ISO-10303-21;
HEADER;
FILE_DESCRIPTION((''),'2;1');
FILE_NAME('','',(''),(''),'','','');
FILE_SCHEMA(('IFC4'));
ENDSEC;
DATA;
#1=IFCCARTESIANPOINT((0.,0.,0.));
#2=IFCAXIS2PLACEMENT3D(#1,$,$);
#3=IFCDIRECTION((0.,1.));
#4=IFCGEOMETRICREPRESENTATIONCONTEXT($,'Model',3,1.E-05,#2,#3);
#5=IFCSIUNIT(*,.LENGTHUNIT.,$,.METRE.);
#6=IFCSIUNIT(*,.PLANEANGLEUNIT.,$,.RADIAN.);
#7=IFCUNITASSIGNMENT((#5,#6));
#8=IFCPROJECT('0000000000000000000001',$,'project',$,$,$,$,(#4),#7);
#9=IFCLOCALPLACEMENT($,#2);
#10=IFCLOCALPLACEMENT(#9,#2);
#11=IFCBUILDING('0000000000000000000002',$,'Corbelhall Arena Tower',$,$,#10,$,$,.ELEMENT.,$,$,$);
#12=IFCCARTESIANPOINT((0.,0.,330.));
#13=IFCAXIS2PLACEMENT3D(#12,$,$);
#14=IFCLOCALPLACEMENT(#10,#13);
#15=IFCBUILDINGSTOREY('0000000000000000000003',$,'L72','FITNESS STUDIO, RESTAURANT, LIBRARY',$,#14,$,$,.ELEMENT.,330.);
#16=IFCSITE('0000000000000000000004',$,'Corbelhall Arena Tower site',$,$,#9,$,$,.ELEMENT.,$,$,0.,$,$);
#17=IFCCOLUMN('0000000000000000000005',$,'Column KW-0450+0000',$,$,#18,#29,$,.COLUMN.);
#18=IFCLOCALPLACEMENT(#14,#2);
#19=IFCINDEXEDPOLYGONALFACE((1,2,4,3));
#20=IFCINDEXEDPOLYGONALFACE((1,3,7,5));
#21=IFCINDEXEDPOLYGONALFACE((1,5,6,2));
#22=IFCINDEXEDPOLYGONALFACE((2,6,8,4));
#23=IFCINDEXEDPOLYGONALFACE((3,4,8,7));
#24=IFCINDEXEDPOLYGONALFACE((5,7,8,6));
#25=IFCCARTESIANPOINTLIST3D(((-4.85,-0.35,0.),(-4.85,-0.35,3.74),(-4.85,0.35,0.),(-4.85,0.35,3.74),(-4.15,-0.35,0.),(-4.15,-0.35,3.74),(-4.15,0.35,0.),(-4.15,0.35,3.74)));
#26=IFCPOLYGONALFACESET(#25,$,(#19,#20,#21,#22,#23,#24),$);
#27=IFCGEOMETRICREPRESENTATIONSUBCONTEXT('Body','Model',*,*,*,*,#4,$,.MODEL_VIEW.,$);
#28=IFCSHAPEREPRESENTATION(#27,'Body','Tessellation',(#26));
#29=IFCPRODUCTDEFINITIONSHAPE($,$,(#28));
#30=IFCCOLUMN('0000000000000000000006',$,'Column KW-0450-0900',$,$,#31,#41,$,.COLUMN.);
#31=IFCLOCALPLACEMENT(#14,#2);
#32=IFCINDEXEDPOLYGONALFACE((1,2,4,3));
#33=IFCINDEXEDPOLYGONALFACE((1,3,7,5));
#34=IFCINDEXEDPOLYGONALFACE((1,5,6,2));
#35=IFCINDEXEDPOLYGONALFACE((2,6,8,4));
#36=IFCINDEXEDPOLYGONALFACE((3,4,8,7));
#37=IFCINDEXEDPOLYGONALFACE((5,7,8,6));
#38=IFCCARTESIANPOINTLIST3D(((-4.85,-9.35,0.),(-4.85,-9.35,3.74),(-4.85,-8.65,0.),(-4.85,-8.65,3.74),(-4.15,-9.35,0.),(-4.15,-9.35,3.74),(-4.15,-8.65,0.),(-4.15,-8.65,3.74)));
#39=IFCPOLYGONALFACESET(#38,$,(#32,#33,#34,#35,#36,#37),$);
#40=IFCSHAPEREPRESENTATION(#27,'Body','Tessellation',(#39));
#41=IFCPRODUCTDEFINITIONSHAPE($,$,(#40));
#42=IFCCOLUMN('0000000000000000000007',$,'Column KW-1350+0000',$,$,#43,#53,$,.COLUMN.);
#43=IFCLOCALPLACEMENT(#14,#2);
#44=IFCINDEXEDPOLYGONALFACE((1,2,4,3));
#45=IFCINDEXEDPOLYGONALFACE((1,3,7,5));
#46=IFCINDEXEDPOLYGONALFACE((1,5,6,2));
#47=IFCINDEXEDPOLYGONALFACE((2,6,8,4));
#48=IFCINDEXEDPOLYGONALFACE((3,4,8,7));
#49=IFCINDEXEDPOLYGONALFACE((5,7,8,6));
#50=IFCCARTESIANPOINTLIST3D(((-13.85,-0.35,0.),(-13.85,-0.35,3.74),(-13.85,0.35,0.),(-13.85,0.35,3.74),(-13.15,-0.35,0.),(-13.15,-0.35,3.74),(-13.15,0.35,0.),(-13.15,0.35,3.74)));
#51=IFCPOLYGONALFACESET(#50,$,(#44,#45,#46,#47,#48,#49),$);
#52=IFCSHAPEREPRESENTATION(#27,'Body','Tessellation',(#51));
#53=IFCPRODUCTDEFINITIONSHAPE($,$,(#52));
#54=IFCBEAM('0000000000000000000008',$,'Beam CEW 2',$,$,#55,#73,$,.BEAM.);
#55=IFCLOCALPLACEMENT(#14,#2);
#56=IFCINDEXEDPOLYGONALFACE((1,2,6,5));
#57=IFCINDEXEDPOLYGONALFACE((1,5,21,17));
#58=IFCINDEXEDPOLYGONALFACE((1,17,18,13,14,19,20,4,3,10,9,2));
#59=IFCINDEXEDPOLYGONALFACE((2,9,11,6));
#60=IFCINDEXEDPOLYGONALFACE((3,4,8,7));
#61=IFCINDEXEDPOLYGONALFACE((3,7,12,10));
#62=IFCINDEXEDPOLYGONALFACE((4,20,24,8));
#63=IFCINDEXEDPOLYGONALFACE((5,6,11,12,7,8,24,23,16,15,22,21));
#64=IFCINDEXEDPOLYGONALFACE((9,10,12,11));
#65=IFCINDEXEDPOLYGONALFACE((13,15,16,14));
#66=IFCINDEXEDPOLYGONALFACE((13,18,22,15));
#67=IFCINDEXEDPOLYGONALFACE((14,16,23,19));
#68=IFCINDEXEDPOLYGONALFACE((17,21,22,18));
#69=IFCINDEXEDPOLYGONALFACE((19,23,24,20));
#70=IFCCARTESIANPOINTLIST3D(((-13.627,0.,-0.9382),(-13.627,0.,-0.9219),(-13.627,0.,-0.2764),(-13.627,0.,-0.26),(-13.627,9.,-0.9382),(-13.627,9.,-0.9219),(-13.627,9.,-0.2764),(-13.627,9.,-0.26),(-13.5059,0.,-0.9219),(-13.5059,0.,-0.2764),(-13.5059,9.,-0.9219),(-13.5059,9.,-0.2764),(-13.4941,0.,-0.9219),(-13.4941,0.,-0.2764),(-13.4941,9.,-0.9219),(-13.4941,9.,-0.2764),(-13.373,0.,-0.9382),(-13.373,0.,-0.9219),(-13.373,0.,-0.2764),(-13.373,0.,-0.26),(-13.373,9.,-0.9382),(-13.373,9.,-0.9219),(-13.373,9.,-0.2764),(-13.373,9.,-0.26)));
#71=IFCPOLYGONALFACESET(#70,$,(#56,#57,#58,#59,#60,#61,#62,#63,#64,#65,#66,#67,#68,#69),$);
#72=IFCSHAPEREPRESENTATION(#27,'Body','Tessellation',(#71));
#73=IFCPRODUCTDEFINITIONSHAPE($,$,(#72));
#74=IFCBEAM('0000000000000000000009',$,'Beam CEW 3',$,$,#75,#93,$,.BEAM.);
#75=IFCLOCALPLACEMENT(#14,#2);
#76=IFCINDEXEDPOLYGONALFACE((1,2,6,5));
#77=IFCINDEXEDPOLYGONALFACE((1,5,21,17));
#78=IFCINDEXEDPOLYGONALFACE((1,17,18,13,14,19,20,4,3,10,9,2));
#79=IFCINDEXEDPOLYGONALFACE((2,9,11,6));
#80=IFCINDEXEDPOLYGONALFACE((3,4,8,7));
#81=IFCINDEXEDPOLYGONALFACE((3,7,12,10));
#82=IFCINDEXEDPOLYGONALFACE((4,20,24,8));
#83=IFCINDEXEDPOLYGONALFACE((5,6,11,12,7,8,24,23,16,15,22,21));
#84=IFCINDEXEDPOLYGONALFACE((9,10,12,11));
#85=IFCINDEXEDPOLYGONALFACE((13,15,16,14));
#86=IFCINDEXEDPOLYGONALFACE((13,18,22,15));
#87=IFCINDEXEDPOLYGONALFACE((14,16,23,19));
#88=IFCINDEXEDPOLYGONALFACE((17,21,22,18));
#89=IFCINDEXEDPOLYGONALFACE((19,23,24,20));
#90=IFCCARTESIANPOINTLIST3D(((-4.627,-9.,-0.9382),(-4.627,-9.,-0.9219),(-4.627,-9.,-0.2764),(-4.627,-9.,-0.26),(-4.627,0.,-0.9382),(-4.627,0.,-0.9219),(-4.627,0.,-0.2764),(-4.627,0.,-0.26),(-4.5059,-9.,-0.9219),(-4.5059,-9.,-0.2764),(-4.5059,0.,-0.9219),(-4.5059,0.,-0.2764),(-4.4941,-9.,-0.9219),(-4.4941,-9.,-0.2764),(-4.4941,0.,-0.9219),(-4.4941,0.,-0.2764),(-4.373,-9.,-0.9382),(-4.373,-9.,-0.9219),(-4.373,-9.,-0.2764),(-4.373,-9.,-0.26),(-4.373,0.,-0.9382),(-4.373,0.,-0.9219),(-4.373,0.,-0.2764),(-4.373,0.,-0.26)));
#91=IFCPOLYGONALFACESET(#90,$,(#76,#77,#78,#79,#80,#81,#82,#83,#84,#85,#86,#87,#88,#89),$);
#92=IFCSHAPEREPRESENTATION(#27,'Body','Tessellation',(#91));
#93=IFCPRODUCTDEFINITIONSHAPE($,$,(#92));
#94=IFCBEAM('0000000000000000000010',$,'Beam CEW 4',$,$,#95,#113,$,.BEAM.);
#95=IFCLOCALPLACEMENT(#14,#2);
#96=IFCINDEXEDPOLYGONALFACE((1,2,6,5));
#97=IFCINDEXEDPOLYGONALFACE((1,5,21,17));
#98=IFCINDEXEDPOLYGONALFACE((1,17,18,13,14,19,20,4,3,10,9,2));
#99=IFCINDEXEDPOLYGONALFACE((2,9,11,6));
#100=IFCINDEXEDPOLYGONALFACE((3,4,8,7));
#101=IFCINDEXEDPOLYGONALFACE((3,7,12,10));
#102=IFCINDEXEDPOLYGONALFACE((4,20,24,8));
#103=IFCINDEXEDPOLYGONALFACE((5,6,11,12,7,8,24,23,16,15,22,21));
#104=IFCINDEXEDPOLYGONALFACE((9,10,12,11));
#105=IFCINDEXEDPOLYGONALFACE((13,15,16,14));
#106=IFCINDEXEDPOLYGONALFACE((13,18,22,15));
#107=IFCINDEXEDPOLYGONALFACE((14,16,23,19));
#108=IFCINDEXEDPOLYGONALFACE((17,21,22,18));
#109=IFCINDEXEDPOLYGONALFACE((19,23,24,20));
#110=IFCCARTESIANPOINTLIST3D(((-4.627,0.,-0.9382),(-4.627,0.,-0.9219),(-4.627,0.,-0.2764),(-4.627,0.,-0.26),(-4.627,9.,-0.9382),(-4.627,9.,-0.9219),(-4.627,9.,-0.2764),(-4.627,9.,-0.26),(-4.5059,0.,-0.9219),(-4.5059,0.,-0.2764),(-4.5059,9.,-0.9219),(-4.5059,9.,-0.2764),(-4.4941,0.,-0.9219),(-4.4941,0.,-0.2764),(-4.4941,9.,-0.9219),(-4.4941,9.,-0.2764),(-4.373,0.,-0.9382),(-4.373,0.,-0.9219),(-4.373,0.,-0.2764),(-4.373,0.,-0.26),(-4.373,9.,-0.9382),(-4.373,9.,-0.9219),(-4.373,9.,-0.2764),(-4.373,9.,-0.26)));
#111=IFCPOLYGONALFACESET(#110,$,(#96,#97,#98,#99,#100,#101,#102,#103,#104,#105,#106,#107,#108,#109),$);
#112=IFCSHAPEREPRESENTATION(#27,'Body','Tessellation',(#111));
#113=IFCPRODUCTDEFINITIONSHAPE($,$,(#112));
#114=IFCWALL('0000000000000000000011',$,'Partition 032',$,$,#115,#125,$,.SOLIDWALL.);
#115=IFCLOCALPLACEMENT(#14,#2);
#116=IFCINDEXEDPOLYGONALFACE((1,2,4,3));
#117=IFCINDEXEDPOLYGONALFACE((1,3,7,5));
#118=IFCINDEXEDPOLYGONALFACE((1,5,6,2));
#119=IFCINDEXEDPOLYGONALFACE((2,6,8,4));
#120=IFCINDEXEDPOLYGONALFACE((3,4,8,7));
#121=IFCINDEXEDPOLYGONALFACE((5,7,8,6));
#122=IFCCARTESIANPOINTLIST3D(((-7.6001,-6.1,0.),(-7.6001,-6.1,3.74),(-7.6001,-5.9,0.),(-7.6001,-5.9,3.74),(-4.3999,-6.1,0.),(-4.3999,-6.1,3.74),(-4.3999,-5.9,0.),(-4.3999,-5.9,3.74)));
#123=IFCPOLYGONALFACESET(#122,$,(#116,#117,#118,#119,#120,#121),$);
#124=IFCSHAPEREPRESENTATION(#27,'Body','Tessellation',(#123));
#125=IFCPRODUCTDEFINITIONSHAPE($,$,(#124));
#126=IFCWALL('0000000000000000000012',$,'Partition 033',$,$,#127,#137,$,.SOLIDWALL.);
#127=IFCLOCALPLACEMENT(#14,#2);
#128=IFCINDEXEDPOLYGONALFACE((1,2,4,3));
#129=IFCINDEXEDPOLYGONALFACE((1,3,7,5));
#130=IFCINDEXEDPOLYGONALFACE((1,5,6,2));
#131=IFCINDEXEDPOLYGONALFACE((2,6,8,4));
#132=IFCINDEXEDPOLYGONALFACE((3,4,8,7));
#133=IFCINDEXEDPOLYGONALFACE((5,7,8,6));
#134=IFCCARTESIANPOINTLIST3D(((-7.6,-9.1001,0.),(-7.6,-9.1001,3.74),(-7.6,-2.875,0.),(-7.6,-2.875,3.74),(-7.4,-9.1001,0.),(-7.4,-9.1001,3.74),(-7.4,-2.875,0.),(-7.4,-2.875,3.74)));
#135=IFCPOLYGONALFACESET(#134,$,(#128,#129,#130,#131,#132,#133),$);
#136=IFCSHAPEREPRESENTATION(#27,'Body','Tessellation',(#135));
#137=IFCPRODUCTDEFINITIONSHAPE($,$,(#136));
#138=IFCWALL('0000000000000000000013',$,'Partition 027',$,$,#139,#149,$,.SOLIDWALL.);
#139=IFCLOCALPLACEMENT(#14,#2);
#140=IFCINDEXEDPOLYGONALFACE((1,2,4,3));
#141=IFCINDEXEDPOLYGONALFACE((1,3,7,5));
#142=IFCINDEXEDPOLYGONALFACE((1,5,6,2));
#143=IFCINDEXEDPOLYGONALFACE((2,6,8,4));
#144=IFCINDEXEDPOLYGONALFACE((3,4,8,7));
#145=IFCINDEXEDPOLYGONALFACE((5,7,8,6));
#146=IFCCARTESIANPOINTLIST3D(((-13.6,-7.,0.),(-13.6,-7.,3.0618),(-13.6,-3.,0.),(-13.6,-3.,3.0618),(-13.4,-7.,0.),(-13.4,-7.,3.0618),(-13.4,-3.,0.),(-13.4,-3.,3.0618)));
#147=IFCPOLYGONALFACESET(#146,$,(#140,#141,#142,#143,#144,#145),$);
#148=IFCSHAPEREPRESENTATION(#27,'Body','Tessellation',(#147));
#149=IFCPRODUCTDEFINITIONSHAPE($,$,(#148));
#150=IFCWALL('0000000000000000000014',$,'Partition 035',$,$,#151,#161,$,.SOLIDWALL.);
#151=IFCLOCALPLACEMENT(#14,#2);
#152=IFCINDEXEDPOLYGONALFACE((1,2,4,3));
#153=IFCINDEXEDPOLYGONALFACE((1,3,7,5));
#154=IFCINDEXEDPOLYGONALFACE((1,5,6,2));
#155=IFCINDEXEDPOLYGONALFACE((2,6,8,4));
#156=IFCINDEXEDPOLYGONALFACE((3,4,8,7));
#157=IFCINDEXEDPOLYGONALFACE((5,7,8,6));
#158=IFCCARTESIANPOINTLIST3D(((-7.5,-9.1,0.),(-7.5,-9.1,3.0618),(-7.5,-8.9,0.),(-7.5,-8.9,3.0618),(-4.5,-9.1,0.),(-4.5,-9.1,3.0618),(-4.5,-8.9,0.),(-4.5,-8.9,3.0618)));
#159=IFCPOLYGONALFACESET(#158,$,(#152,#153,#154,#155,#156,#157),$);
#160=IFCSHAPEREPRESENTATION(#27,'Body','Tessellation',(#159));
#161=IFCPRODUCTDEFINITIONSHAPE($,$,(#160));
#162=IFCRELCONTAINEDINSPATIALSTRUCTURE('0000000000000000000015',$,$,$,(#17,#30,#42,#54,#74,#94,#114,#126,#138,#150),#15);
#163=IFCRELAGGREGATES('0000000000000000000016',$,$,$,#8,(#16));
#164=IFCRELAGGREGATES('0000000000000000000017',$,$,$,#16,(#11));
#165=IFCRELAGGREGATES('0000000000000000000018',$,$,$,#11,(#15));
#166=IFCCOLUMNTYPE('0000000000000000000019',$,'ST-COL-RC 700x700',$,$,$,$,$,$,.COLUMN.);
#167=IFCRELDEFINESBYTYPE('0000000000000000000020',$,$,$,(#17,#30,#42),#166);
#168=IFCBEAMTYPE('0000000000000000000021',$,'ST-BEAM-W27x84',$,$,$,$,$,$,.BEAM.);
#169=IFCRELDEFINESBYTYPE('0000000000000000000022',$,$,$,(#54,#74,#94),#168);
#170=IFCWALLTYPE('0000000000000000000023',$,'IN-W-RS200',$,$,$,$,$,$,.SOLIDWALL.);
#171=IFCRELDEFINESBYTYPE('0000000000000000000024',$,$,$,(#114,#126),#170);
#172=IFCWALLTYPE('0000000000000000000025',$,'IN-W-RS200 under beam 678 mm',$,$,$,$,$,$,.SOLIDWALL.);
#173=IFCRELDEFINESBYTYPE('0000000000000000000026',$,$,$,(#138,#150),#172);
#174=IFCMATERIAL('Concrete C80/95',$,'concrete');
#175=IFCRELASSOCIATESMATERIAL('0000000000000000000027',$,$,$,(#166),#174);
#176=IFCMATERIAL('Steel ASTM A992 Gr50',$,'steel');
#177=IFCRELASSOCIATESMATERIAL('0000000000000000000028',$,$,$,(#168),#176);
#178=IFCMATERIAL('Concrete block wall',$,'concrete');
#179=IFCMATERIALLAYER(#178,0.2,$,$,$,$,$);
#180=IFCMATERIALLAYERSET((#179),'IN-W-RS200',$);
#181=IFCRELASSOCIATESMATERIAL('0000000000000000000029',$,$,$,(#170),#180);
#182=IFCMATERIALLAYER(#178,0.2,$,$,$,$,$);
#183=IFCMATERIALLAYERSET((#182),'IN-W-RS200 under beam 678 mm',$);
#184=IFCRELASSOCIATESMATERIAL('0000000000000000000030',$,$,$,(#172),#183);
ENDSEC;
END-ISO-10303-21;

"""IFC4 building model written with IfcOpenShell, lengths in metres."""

from ifc_helpers import new_model, si_unit, direction, frame, frame_2d, origin, origin_2d, place, context, subcontext, project, spatial, rectangle, i_section, extrude, material, layer, layer_set, material_profile, profile_set, type_object, element, save


model = new_model("IFC4")

# Units and contexts
model_context = context("Model", 3, precision=1e-05, world=origin(), true_north=direction((0.0, 1.0)))
body_context = subcontext(model_context, "Body", "Model", "MODEL_VIEW")
ifc_project = project(units=[si_unit("LENGTHUNIT", "METRE"), si_unit("PLANEANGLEUNIT", "RADIAN")], contexts=[model_context])

# Site, building, storey
site_placement = place(None, origin())
site = spatial("IfcSite", under=ifc_project, at=site_placement, Name="Corbelhall Arena Tower site", CompositionType="ELEMENT", RefElevation=0.0)
building_placement = place(site_placement, origin())
building = spatial("IfcBuilding", under=site, at=building_placement, Name="Corbelhall Arena Tower", CompositionType="ELEMENT")
storey_placement = place(building_placement, frame((0.0, 0.0, 330.0)))
storey = spatial("IfcBuildingStorey", under=building, at=storey_placement, Name="L72", Description="FITNESS STUDIO, RESTAURANT, LIBRARY", CompositionType="ELEMENT", Elevation=330.0)

# Columns
ifc_material_1 = material(Name="Concrete C80/95", Category="concrete")
ifc_material_profile_1 = material_profile(ifc_material_1, rectangle(XDim=0.7, YDim=0.7, at=origin_2d()))
ifc_profile_set_1 = profile_set([ifc_material_profile_1], Name="Concrete C80/95")
column_type = type_object("IfcColumnType", Name="ST-COL-RC 700x700", PredefinedType="COLUMN", material=ifc_profile_set_1)
for number, where, z_axis, x_axis, name in (
    (1, (-4.5, 0.0, 0.0), (0.0, 0.0, 1.0), (1.0, 0.0, 0.0), "Column KW-0450+0000"),
    (2, (-4.5, -9.0, 0.0), (0.0, 0.0, 1.0), (1.0, 0.0, 0.0), "Column KW-0450-0900"),
    (3, (-13.5, 0.0, 0.0), (0.0, 0.0, 1.0), (1.0, 0.0, 0.0), "Column KW-1350+0000"),
):
    element("IfcColumn", number, at=place(storey_placement, frame(where, z_axis=z_axis, x_axis=x_axis)), inside=storey, type_object=column_type, Name=name, PredefinedType="COLUMN", context=body_context, shape_type="SweptSolid", body=[
        extrude(rectangle(XDim=0.7, YDim=0.7, at=origin_2d()), origin(), (0.0, 0.0, 1.0), 3.74),
    ])

# Beams
ifc_material_2 = material(Name="Steel ASTM A992 Gr50", Category="steel")
ifc_material_profile_2 = material_profile(ifc_material_2, i_section(OverallWidth=0.2539, OverallDepth=0.6782, WebThickness=0.0117, FlangeThickness=0.0164, at=origin_2d()))
ifc_profile_set_2 = profile_set([ifc_material_profile_2], Name="Steel ASTM A992 Gr50")
beam_type = type_object("IfcBeamType", Name="ST-BEAM-W27x84", PredefinedType="BEAM", material=ifc_profile_set_2)
for number, where, z_axis, x_axis, name in (
    (4, (-13.5, 0.0, -0.5991), (0.0, 1.0, 0.0), (-1.0, 0.0, 0.0), "Beam CEW 2"),
    (5, (-4.5, -9.0, -0.5991), (0.0, 1.0, 0.0), (-1.0, 0.0, 0.0), "Beam CEW 3"),
    (6, (-4.5, 0.0, -0.5991), (0.0, 1.0, 0.0), (-1.0, 0.0, 0.0), "Beam CEW 4"),
):
    element("IfcBeam", number, at=place(storey_placement, frame(where, z_axis=z_axis, x_axis=x_axis)), inside=storey, type_object=beam_type, Name=name, PredefinedType="BEAM", context=body_context, shape_type="SweptSolid", body=[
        extrude(i_section(OverallWidth=0.2539, OverallDepth=0.6782, WebThickness=0.0117, FlangeThickness=0.0164, at=origin_2d()), origin(), (0.0, 0.0, 1.0), 9.0),
    ])

# Shared definitions
ifc_material_3 = material(Name="Concrete block wall", Category="concrete")
ifc_layer_1 = layer(ifc_material_3, 0.2)
ifc_layer_set_1 = layer_set([ifc_layer_1], Name="IN-W-RS200")
wall_type_1 = type_object("IfcWallType", Name="IN-W-RS200", PredefinedType="SOLIDWALL", material=ifc_layer_set_1)

# Walls
wall_1_placement = place(storey_placement, frame((-7.6001, -6.0, 0.0), z_axis=(0.0, 0.0, 1.0), x_axis=(1.0, 0.0, 0.0)))
element("IfcWall", 7, at=wall_1_placement, inside=storey, type_object=wall_type_1, Name="Partition 032", PredefinedType="SOLIDWALL", context=body_context, shape_type="SweptSolid", body=[
    extrude(rectangle(XDim=3.2002, YDim=0.2, at=frame_2d((1.6001, 0.0))), origin(), (0.0, 0.0, 1.0), 3.74),
])
wall_2_placement = place(storey_placement, frame((-7.5, -9.1001, 0.0), z_axis=(0.0, 0.0, 1.0), x_axis=(0.0, 1.0, 0.0)))
element("IfcWall", 8, at=wall_2_placement, inside=storey, type_object=wall_type_1, Name="Partition 033", PredefinedType="SOLIDWALL", context=body_context, shape_type="SweptSolid", body=[
    extrude(rectangle(XDim=6.2251, YDim=0.2, at=frame_2d((3.1125, 0.0))), origin(), (0.0, 0.0, 1.0), 3.74),
])
ifc_layer_2 = layer(ifc_material_3, 0.2)
ifc_layer_set_2 = layer_set([ifc_layer_2], Name="IN-W-RS200 under beam 678 mm")
wall_type_2 = type_object("IfcWallType", Name="IN-W-RS200 under beam 678 mm", PredefinedType="SOLIDWALL", material=ifc_layer_set_2)
wall_3_placement = place(storey_placement, frame((-13.5, -7.0, 0.0), z_axis=(0.0, 0.0, 1.0), x_axis=(0.0, 1.0, 0.0)))
element("IfcWall", 9, at=wall_3_placement, inside=storey, type_object=wall_type_2, Name="Partition 027", PredefinedType="SOLIDWALL", context=body_context, shape_type="SweptSolid", body=[
    extrude(rectangle(XDim=4.0, YDim=0.2, at=frame_2d((2.0, 0.0))), origin(), (0.0, 0.0, 1.0), 3.0618),
])
wall_4_placement = place(storey_placement, frame((-4.5, -9.0, 0.0), z_axis=(0.0, 0.0, 1.0), x_axis=(-1.0, 0.0, 0.0)))
element("IfcWall", 10, at=wall_4_placement, inside=storey, type_object=wall_type_2, Name="Partition 035", PredefinedType="SOLIDWALL", context=body_context, shape_type="SweptSolid", body=[
    extrude(rectangle(XDim=3.0, YDim=0.2, at=frame_2d((1.5, 0.0))), origin(), (0.0, 0.0, 1.0), 3.0618),
])

save(model, "model.ifc")
